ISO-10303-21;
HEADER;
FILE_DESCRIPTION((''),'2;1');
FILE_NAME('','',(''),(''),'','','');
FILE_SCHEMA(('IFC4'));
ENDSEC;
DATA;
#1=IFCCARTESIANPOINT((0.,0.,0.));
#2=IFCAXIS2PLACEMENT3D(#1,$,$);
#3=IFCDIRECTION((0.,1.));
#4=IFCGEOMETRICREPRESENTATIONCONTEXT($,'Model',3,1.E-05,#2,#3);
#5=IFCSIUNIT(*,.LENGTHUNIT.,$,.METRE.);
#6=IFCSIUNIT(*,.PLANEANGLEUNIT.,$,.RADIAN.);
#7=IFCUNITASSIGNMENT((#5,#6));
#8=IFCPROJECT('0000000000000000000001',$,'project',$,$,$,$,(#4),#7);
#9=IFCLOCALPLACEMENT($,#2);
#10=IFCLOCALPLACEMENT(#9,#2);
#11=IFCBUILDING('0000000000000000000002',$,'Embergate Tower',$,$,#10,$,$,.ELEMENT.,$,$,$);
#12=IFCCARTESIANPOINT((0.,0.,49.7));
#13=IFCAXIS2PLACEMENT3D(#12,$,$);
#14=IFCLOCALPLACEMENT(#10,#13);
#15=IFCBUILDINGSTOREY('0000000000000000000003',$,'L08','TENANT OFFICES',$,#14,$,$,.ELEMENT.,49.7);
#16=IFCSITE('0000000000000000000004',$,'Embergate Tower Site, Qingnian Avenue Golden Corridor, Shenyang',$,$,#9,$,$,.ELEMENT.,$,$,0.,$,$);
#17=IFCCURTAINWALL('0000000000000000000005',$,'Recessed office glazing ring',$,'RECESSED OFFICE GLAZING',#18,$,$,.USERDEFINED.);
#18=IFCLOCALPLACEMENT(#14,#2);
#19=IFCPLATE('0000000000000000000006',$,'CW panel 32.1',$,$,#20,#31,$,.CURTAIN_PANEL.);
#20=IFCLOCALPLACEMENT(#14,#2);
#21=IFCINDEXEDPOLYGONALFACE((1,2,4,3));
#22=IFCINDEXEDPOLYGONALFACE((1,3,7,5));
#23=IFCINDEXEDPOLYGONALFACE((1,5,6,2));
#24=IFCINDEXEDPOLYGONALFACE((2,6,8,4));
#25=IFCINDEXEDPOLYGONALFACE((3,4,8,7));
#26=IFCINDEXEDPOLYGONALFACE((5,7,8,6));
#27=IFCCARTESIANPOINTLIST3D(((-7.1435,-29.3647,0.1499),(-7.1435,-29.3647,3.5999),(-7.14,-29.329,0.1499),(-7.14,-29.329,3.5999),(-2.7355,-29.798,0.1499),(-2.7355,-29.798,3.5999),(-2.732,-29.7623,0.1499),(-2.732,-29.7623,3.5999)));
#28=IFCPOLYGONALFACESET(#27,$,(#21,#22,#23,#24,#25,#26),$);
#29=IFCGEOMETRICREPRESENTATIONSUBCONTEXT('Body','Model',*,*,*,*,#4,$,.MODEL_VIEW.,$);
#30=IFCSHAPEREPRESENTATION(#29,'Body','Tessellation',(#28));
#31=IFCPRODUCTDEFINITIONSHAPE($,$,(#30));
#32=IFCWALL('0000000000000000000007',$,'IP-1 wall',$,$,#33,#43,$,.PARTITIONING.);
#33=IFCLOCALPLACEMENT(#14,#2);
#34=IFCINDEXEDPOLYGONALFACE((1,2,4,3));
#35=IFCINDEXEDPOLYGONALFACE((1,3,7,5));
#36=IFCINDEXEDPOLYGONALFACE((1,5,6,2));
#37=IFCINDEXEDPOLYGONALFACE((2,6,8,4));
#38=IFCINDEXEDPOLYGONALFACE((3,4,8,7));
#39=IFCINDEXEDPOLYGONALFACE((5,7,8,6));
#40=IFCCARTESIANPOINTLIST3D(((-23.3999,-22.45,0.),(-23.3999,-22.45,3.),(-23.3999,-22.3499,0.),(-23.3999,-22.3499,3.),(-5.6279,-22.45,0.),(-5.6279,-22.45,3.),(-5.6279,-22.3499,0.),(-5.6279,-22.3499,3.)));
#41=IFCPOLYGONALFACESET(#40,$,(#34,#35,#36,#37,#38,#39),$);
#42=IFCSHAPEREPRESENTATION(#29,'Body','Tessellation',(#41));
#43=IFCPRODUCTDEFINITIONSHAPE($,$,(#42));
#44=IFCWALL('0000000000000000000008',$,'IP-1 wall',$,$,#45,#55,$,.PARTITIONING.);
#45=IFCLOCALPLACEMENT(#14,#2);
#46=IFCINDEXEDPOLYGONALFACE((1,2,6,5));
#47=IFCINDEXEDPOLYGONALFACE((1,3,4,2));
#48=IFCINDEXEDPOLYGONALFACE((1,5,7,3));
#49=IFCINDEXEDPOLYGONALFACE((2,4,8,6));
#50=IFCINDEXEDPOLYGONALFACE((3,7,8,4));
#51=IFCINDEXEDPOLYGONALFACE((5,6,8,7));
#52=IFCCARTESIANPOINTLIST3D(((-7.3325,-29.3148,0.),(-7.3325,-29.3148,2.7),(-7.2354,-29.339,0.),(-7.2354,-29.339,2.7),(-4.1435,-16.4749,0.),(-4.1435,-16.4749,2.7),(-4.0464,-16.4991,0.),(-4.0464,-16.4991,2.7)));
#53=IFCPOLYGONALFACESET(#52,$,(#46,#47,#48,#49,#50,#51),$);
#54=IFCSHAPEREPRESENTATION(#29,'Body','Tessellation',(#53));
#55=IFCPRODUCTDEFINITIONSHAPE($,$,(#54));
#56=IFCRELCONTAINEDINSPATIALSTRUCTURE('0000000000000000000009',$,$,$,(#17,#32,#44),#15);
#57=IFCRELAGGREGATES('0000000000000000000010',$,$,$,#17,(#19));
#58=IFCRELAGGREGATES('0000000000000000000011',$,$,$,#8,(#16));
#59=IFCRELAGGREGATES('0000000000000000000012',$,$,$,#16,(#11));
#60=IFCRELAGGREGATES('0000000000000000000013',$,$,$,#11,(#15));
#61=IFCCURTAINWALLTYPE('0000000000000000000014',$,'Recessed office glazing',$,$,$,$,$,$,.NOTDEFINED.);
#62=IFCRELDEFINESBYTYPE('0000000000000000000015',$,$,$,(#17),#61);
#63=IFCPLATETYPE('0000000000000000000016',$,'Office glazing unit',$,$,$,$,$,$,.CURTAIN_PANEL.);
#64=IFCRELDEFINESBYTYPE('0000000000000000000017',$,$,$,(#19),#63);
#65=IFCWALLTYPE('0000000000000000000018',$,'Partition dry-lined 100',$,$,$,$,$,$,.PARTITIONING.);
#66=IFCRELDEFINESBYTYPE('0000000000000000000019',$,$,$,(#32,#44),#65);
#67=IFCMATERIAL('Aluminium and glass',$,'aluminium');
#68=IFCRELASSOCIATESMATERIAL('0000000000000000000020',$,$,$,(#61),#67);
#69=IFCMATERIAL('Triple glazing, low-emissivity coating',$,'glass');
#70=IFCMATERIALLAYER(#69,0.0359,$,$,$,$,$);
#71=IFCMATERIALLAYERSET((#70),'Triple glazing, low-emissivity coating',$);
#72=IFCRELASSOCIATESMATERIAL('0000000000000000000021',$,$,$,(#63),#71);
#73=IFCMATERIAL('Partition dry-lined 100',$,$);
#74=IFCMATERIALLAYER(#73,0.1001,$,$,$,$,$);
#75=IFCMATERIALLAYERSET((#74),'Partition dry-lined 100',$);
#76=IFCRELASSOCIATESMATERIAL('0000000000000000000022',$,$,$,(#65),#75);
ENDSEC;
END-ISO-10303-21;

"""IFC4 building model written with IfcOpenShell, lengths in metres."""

from ifc_helpers import new_model, si_unit, direction, frame, frame_2d, origin, origin_2d, place, context, subcontext, project, spatial, rectangle, extrude, source, transform, mapped, material, layer, layer_set, type_object, element, aggregate, save


model = new_model("IFC4")

# Units and contexts
model_context = context("Model", 3, precision=1e-05, world=origin(), true_north=direction((0.0, 1.0)))
body_context = subcontext(model_context, "Body", "Model", "MODEL_VIEW")
ifc_project = project(units=[si_unit("LENGTHUNIT", "METRE"), si_unit("PLANEANGLEUNIT", "RADIAN")], contexts=[model_context])

# Site, building, storey
site_placement = place(None, origin())
site = spatial("IfcSite", under=ifc_project, at=site_placement, Name="Embergate Tower Site, Qingnian Avenue Golden Corridor, Shenyang", CompositionType="ELEMENT", RefElevation=0.0)
building_placement = place(site_placement, origin())
building = spatial("IfcBuilding", under=site, at=building_placement, Name="Embergate Tower", CompositionType="ELEMENT")
storey_placement = place(building_placement, frame((0.0, 0.0, 49.7)))
storey = spatial("IfcBuildingStorey", under=building, at=storey_placement, Name="L08", Description="TENANT OFFICES", CompositionType="ELEMENT", Elevation=49.7)

# Curtain wall
ifc_material_1 = material(Name="Aluminium and glass", Category="aluminium")
curtain_wall_type = type_object("IfcCurtainWallType", Name="Recessed office glazing", PredefinedType="NOTDEFINED", material=ifc_material_1)
curtain_wall_placement = place(storey_placement, origin())
curtain_wall = element("IfcCurtainWall", 1, at=curtain_wall_placement, inside=storey, type_object=curtain_wall_type, Name="Recessed office glazing ring", ObjectType="RECESSED OFFICE GLAZING", PredefinedType="USERDEFINED")

# Plate
ifc_material_2 = material(Name="Triple glazing, low-emissivity coating", Category="glass")
ifc_layer_1 = layer(ifc_material_2, 0.0359)
ifc_layer_set_1 = layer_set([ifc_layer_1], Name="Triple glazing, low-emissivity coating")
plate_type = type_object("IfcPlateType", Name="Office glazing unit", PredefinedType="CURTAIN_PANEL", material=ifc_layer_set_1)
shared_shape_1 = source(origin(), body_context, "Body", "SweptSolid", [
    extrude(rectangle(XDim=4.4292, YDim=0.0359, at=origin_2d()), origin(), (0.0, 0.0, 1.0), 3.45),
])
plate_1_placement = place(storey_placement, frame((-4.9377, -29.5635, 0.1499), z_axis=(0.0, 0.0, 1.0), x_axis=(0.995203, -0.09783, 0.0)))
plate_1 = element("IfcPlate", 2, at=plate_1_placement, type_object=plate_type, Name="CW panel 32.1", PredefinedType="CURTAIN_PANEL", context=body_context, shape_type="MappedRepresentation", body=[
    mapped(shared_shape_1, transform((0.0, 0.0, 0.0))),
])
aggregate(curtain_wall, [plate_1])

# Walls
ifc_material_3 = material(Name="Partition dry-lined 100")
ifc_layer_2 = layer(ifc_material_3, 0.1001)
ifc_layer_set_2 = layer_set([ifc_layer_2], Name="Partition dry-lined 100")
wall_type = type_object("IfcWallType", Name="Partition dry-lined 100", PredefinedType="PARTITIONING", material=ifc_layer_set_2)
shared_shape_2 = source(origin(), body_context, "Body", "SweptSolid", [
    extrude(rectangle(XDim=17.772, YDim=0.1001, at=frame_2d((8.886, 0.0))), origin(), (0.0, 0.0, 1.0), 3.0),
])
wall_1_placement = place(storey_placement, frame((-5.6279, -22.3999, 0.0), z_axis=(0.0, 0.0, 1.0), x_axis=(-1.0, 0.0, 0.0)))
element("IfcWall", 3, at=wall_1_placement, inside=storey, type_object=wall_type, Name="IP-1 wall", PredefinedType="PARTITIONING", context=body_context, shape_type="MappedRepresentation", body=[
    mapped(shared_shape_2, transform((0.0, 0.0, 0.0))),
])
shared_shape_3 = source(origin(), body_context, "Body", "SweptSolid", [
    extrude(rectangle(XDim=13.23, YDim=0.1001, at=frame_2d((6.615, 0.0))), origin(), (0.0, 0.0, 1.0), 2.7),
])
wall_2_placement = place(storey_placement, frame((-7.2839, -29.3269, 0.0), z_axis=(0.0, 0.0, 1.0), x_axis=(0.241042, 0.970515, 0.0)))
element("IfcWall", 4, at=wall_2_placement, inside=storey, type_object=wall_type, Name="IP-1 wall", PredefinedType="PARTITIONING", context=body_context, shape_type="MappedRepresentation", body=[
    mapped(shared_shape_3, transform((0.0, 0.0, 0.0))),
])

save(model, "model.ifc")
